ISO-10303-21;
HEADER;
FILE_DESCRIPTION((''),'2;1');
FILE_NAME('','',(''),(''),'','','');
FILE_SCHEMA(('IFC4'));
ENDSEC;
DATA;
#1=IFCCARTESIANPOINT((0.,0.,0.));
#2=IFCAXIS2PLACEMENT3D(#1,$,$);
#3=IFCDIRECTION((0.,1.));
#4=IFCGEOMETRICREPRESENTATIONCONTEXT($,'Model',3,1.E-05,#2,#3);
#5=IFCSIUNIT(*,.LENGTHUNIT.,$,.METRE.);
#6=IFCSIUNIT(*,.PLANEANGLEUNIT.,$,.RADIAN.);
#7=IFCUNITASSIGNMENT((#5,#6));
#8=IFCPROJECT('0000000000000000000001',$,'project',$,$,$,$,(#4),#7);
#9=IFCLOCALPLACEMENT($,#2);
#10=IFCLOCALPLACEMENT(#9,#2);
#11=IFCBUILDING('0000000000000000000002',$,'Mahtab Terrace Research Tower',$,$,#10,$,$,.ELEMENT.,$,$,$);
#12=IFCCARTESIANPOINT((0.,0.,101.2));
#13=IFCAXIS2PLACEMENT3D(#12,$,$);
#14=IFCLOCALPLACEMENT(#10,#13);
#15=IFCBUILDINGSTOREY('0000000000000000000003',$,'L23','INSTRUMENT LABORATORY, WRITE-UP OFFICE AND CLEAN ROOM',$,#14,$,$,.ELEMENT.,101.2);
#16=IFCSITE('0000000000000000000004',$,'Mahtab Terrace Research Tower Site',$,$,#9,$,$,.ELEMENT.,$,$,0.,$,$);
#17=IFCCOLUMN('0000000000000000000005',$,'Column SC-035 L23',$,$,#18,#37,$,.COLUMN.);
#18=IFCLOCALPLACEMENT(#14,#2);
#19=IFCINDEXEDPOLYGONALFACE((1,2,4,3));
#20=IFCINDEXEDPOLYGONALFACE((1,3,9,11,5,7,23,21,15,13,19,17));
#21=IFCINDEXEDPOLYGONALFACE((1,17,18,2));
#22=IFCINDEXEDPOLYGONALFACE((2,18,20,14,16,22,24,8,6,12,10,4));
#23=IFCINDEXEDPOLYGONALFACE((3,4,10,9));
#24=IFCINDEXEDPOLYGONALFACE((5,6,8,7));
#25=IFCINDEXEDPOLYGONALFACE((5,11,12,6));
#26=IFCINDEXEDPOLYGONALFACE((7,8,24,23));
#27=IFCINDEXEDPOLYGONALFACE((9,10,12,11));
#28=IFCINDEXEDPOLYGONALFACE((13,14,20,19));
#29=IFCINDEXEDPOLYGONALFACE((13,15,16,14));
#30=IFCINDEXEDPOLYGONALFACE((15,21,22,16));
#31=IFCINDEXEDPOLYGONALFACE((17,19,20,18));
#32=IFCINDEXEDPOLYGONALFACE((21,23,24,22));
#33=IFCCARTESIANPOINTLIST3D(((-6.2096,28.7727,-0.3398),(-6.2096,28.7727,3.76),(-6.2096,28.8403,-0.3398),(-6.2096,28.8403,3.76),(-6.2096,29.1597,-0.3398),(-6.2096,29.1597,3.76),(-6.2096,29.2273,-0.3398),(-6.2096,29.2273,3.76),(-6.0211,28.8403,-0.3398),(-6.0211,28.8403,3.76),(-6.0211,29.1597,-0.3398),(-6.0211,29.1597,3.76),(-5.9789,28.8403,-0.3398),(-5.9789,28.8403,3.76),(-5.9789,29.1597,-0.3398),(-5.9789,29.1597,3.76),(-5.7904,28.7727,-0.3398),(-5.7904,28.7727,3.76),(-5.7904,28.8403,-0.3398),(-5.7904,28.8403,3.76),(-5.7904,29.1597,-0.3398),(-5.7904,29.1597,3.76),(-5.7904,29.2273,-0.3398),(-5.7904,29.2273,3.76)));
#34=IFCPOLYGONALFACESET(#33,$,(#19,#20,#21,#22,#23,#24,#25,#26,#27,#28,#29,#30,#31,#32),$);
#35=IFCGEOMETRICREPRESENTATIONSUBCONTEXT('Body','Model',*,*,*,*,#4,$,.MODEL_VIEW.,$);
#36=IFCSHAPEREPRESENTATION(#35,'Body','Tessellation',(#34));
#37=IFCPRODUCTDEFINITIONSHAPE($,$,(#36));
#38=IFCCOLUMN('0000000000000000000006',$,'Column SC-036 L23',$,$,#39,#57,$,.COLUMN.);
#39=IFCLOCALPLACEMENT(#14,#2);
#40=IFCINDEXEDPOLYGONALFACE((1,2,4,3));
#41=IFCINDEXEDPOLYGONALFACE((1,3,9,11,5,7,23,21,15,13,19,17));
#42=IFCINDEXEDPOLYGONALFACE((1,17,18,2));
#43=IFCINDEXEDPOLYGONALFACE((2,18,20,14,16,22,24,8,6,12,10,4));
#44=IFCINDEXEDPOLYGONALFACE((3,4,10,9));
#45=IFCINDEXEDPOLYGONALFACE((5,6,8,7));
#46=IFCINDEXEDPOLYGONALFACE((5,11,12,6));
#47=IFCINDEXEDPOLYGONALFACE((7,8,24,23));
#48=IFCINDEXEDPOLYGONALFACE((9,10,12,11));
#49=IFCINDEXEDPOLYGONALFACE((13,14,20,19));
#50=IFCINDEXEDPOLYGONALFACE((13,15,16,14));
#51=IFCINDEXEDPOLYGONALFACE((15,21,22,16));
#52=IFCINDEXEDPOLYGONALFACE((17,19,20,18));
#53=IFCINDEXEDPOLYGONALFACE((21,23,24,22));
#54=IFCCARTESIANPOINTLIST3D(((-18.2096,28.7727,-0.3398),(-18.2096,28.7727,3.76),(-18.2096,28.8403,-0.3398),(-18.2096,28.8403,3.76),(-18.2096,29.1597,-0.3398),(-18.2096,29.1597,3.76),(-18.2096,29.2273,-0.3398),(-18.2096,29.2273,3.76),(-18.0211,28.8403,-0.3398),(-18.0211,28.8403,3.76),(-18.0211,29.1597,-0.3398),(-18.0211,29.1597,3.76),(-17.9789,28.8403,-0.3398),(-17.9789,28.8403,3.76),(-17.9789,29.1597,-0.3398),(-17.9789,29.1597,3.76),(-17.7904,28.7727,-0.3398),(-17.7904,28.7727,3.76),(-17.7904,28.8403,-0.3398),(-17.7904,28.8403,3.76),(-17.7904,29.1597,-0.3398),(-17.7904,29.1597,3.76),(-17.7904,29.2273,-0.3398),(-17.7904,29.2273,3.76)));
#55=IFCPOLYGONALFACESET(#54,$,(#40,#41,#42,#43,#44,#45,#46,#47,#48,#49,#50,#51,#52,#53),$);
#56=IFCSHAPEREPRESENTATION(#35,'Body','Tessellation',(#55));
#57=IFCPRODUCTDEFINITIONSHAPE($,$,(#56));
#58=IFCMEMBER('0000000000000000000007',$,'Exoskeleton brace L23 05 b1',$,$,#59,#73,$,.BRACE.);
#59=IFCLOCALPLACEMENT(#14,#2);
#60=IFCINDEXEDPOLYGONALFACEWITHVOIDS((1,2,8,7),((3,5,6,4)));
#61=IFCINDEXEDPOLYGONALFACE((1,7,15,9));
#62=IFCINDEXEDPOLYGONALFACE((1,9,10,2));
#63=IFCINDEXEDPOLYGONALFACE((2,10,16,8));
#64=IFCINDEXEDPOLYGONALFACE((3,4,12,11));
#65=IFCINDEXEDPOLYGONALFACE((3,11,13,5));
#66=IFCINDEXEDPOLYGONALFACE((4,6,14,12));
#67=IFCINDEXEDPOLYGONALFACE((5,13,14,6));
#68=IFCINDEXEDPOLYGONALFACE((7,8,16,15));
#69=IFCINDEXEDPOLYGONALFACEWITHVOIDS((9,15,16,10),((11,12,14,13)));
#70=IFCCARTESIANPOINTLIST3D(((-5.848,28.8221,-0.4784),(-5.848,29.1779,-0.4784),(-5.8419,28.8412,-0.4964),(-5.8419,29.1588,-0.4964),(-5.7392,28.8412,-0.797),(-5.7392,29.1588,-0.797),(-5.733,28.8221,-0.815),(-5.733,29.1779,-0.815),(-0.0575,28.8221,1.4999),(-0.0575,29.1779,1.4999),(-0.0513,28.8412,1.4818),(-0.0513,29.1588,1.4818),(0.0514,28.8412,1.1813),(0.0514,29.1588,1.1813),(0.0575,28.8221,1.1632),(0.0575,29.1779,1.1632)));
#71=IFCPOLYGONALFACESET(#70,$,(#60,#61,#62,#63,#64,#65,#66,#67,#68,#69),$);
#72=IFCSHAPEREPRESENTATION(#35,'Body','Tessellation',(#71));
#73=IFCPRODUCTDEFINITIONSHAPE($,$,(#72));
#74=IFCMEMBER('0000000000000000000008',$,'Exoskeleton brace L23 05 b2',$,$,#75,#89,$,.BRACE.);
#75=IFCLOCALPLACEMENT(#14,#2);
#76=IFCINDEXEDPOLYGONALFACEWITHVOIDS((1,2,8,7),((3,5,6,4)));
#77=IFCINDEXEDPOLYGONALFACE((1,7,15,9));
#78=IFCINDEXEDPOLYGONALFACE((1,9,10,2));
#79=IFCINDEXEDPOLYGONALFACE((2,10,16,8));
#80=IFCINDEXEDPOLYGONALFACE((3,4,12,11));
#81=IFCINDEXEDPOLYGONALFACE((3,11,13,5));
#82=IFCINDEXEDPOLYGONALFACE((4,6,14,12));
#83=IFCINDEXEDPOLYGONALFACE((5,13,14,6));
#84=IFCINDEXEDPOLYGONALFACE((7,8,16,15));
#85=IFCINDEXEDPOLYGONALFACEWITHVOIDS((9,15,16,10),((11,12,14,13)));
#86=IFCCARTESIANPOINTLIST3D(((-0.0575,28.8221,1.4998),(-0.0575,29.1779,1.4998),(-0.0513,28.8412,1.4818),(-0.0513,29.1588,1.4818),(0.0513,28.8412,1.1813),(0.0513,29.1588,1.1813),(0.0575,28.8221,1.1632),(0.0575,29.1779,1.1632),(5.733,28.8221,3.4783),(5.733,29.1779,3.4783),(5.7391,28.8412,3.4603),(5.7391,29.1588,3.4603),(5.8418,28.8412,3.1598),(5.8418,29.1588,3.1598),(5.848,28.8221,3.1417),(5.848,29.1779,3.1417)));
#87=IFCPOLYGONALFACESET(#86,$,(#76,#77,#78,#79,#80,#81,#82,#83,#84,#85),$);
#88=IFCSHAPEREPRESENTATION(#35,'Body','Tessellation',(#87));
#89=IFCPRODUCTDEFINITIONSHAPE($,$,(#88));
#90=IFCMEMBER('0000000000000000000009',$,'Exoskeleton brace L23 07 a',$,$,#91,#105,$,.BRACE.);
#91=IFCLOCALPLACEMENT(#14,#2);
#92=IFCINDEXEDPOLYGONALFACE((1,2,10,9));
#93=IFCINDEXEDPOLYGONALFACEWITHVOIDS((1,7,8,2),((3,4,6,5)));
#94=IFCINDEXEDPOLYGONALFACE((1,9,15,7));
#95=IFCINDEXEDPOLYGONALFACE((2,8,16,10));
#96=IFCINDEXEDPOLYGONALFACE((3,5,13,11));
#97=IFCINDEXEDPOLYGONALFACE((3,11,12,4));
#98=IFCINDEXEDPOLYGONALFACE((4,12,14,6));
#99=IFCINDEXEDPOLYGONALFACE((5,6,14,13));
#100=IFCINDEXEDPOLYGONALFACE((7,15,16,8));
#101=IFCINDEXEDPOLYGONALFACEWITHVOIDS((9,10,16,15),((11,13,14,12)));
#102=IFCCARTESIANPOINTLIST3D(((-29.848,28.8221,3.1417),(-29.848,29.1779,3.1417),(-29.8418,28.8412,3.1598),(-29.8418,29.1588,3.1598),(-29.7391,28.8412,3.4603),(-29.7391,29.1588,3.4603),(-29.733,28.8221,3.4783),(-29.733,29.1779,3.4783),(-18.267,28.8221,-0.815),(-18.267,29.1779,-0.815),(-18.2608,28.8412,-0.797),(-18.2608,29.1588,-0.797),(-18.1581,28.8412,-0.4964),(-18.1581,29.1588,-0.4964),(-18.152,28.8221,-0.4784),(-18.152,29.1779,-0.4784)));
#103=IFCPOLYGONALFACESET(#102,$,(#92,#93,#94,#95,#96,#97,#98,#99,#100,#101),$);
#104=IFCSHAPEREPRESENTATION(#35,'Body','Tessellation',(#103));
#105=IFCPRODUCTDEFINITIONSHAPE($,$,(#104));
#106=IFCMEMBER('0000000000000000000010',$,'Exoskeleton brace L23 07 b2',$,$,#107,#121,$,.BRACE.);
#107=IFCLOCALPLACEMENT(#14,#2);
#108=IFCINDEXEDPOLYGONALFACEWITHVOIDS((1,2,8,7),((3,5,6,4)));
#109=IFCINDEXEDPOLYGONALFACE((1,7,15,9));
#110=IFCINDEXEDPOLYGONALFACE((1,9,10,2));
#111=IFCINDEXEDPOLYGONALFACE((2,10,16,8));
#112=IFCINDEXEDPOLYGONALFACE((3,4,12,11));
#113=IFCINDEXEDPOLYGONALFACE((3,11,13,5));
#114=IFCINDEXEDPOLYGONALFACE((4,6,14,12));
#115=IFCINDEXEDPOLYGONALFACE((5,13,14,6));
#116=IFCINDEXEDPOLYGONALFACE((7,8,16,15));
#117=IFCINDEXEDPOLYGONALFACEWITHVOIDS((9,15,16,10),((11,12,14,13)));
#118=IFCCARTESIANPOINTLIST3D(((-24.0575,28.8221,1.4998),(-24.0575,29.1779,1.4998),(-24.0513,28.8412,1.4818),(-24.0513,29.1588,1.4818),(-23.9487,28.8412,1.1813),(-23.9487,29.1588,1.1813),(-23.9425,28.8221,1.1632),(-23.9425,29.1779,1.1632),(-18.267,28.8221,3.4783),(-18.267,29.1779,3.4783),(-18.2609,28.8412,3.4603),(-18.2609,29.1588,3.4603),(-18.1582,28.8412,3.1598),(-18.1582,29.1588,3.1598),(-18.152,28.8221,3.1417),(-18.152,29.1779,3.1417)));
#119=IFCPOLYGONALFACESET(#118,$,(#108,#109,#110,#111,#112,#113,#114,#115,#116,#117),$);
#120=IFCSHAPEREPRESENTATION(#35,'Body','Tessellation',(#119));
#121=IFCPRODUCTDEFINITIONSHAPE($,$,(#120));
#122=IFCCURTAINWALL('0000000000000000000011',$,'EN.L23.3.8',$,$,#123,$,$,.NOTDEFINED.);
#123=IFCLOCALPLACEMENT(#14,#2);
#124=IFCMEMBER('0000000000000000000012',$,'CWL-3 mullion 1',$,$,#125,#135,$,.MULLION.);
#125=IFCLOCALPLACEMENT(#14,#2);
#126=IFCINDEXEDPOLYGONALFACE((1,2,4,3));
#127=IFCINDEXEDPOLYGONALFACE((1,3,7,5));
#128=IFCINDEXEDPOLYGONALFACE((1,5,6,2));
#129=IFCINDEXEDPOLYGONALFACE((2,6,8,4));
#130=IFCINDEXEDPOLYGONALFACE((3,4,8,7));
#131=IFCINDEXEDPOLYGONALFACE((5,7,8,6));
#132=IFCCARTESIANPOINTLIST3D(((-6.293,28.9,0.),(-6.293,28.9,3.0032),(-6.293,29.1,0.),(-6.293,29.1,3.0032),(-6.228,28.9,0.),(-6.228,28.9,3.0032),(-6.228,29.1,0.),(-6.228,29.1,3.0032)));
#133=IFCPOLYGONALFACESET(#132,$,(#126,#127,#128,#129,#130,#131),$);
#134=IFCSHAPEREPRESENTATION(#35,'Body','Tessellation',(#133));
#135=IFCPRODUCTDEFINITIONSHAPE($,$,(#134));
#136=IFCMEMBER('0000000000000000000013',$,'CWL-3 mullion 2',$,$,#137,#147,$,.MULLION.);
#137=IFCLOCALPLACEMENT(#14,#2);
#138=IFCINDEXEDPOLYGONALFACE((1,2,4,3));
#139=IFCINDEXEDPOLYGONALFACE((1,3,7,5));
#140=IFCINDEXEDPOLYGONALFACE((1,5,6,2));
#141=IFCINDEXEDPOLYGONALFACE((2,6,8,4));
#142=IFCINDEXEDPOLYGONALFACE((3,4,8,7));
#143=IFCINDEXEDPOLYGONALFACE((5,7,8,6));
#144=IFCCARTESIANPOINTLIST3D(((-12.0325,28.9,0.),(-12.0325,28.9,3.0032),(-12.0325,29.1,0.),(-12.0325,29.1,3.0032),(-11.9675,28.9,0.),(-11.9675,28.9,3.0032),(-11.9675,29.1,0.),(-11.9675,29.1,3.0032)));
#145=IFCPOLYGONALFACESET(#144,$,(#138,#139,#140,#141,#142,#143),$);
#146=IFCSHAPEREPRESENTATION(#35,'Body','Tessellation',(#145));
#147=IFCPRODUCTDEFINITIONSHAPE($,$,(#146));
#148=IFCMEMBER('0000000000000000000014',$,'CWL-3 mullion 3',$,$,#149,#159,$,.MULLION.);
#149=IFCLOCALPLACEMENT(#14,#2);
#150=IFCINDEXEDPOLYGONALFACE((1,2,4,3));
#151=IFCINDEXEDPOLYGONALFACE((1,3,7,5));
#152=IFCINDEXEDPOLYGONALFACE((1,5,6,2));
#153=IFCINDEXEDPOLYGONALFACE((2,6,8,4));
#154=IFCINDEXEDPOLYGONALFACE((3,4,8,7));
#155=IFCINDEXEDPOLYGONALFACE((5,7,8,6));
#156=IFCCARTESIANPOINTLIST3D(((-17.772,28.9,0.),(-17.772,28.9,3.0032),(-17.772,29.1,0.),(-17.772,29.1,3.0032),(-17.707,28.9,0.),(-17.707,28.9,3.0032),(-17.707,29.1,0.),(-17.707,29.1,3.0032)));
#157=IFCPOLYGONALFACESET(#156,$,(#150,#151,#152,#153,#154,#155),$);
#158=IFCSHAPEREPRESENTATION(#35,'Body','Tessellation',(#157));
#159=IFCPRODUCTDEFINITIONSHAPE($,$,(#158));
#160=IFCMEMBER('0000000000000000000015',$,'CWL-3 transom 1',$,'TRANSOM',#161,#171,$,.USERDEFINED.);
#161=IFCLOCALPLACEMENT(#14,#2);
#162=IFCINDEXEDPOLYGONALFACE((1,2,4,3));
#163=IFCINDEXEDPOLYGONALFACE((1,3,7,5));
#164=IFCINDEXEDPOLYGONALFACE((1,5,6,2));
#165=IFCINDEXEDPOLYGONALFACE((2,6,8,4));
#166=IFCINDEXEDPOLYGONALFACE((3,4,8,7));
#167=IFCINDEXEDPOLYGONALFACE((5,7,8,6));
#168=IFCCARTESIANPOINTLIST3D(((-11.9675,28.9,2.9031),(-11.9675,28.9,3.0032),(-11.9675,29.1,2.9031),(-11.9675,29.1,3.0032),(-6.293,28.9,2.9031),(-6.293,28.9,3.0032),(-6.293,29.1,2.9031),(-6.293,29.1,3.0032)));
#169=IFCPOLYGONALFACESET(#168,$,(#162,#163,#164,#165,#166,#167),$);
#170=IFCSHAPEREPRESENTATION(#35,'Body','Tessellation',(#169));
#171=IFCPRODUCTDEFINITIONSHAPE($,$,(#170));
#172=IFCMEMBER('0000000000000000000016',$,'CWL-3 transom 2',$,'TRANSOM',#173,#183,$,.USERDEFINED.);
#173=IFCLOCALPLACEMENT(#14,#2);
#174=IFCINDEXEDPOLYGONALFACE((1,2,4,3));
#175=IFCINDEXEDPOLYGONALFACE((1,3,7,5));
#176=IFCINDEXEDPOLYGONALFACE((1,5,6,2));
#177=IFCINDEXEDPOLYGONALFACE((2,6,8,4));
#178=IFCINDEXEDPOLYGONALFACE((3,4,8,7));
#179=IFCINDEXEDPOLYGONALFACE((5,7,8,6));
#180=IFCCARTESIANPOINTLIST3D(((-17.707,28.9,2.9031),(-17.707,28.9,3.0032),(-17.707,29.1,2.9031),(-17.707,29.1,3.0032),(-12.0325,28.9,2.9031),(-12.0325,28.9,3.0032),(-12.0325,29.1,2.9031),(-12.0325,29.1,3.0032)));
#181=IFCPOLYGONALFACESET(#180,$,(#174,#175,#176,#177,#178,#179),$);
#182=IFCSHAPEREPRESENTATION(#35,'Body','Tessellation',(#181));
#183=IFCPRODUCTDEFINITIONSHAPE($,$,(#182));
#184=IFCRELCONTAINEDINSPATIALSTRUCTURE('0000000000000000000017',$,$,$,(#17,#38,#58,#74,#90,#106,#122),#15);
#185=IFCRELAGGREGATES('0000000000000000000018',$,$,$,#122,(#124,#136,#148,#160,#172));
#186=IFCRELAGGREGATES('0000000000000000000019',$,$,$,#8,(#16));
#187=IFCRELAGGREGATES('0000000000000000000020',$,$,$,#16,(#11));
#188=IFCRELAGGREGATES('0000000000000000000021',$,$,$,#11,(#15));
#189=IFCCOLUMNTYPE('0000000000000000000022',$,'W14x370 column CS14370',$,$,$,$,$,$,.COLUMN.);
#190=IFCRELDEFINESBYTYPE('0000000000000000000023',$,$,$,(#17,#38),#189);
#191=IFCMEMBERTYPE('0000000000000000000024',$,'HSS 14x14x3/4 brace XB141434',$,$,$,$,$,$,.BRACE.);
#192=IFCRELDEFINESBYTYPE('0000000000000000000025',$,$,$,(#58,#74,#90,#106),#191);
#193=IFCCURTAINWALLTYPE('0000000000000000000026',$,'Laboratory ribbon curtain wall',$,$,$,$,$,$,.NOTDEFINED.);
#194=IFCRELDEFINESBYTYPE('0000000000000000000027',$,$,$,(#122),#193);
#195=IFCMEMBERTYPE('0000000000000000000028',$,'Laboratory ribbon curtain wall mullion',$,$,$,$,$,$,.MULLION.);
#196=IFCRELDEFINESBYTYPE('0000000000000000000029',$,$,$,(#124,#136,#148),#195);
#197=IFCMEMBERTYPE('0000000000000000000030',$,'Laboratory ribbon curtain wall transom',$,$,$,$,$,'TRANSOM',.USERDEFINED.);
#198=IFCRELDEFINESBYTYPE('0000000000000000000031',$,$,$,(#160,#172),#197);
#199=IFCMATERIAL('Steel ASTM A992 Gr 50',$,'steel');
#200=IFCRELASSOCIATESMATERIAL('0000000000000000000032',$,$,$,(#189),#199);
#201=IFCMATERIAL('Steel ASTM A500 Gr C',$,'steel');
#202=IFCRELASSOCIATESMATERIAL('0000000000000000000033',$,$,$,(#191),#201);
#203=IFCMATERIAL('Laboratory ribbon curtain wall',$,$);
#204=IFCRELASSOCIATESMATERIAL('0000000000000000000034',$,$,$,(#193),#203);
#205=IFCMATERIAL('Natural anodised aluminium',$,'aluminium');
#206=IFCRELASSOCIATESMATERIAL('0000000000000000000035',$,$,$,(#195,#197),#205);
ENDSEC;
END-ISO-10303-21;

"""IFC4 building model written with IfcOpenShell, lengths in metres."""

from ifc_helpers import new_model, si_unit, direction, frame, origin, origin_2d, place, context, subcontext, project, spatial, rectangle, hollow_rectangle, i_section, extrude, material, material_profile, profile_set, type_object, element, aggregate, save


model = new_model("IFC4")

# Units and contexts
model_context = context("Model", 3, precision=1e-05, world=origin(), true_north=direction((0.0, 1.0)))
body_context = subcontext(model_context, "Body", "Model", "MODEL_VIEW")
ifc_project = project(units=[si_unit("LENGTHUNIT", "METRE"), si_unit("PLANEANGLEUNIT", "RADIAN")], contexts=[model_context])

# Site, building, storey
site_placement = place(None, origin())
site = spatial("IfcSite", under=ifc_project, at=site_placement, Name="Mahtab Terrace Research Tower Site", CompositionType="ELEMENT", RefElevation=0.0)
building_placement = place(site_placement, origin())
building = spatial("IfcBuilding", under=site, at=building_placement, Name="Mahtab Terrace Research Tower", CompositionType="ELEMENT")
storey_placement = place(building_placement, frame((0.0, 0.0, 101.2)))
storey = spatial("IfcBuildingStorey", under=building, at=storey_placement, Name="L23", Description="INSTRUMENT LABORATORY, WRITE-UP OFFICE AND CLEAN ROOM", CompositionType="ELEMENT", Elevation=101.2)

# Columns
ifc_material_1 = material(Name="Steel ASTM A992 Gr 50", Category="steel")
ifc_material_profile_1 = material_profile(ifc_material_1, i_section(OverallWidth=0.4192, OverallDepth=0.4546, WebThickness=0.0422, FlangeThickness=0.0676, at=origin_2d()), Name="W14X370")
ifc_profile_set_1 = profile_set([ifc_material_profile_1], Name="Steel ASTM A992 Gr 50")
column_type = type_object("IfcColumnType", Name="W14x370 column CS14370", PredefinedType="COLUMN", material=ifc_profile_set_1)
for number, where, z_axis, x_axis, name in (
    (1, (-6.0, 29.0, -0.3398), (0.0, 0.0, 1.0), (1.0, 0.0, 0.0), "Column SC-035 L23"),
    (2, (-18.0, 29.0, -0.3398), (0.0, 0.0, 1.0), (1.0, 0.0, 0.0), "Column SC-036 L23"),
):
    element("IfcColumn", number, at=place(storey_placement, frame(where, z_axis=z_axis, x_axis=x_axis)), inside=storey, type_object=column_type, Name=name, PredefinedType="COLUMN", context=body_context, shape_type="SweptSolid", body=[
        extrude(i_section(OverallWidth=0.4192, OverallDepth=0.4546, WebThickness=0.0422, FlangeThickness=0.0676, at=origin_2d()), origin(), (0.0, 0.0, 1.0), 4.0999),
    ])

# Members
ifc_material_2 = material(Name="Steel ASTM A500 Gr C", Category="steel")
ifc_material_profile_2 = material_profile(ifc_material_2, hollow_rectangle(XDim=0.3557, YDim=0.3557, WallThickness=0.019, at=origin_2d()), Name="HSS14X14X3/4")
ifc_profile_set_2 = profile_set([ifc_material_profile_2], Name="Steel ASTM A500 Gr C")
member_type_1 = type_object("IfcMemberType", Name="HSS 14x14x3/4 brace XB141434", PredefinedType="BRACE", material=ifc_profile_set_2)
for number, where, z_axis, x_axis, name in (
    (3, (-5.7905, 29.0, -0.6467), (0.946299, 0.0, 0.323293), (0.0, 1.0, 0.0), "Exoskeleton brace L23 05 b1"),
    (4, (0.0, 29.0, 1.3315), (0.946287, 0.0, 0.323329), (0.0, 1.0, 0.0), "Exoskeleton brace L23 05 b2"),
):
    element("IfcMember", number, at=place(storey_placement, frame(where, z_axis=z_axis, x_axis=x_axis)), inside=storey, type_object=member_type_1, Name=name, PredefinedType="BRACE", context=body_context, shape_type="SweptSolid", body=[
        extrude(hollow_rectangle(XDim=0.3557, YDim=0.3557, WallThickness=0.019, at=origin_2d()), origin(), (0.0, 0.0, 1.0), 6.1191),
    ])
member_1_placement = place(storey_placement, frame((-18.2095, 29.0, -0.6467), z_axis=(-0.946293, 0.0, 0.323311), x_axis=(0.0, -1.0, 0.0)))
element("IfcMember", 5, at=member_1_placement, inside=storey, type_object=member_type_1, Name="Exoskeleton brace L23 07 a", PredefinedType="BRACE", context=body_context, shape_type="SweptSolid", body=[
    extrude(hollow_rectangle(XDim=0.3557, YDim=0.3557, WallThickness=0.019, at=origin_2d()), origin(), (0.0, 0.0, 1.0), 12.2383),
])
member_2_placement = place(storey_placement, frame((-24.0, 29.0, 1.3315), z_axis=(0.946287, 0.0, 0.323329), x_axis=(0.0, 1.0, 0.0)))
element("IfcMember", 6, at=member_2_placement, inside=storey, type_object=member_type_1, Name="Exoskeleton brace L23 07 b2", PredefinedType="BRACE", context=body_context, shape_type="SweptSolid", body=[
    extrude(hollow_rectangle(XDim=0.3557, YDim=0.3557, WallThickness=0.019, at=origin_2d()), origin(), (0.0, 0.0, 1.0), 6.1191),
])

# Curtain wall, members
ifc_material_3 = material(Name="Laboratory ribbon curtain wall")
curtain_wall_type = type_object("IfcCurtainWallType", Name="Laboratory ribbon curtain wall", PredefinedType="NOTDEFINED", material=ifc_material_3)
curtain_wall_placement = place(storey_placement, origin())
curtain_wall = element("IfcCurtainWall", 7, at=curtain_wall_placement, inside=storey, type_object=curtain_wall_type, Name="EN.L23.3.8", PredefinedType="NOTDEFINED")
ifc_material_4 = material(Name="Natural anodised aluminium", Category="aluminium")
ifc_material_profile_3 = material_profile(ifc_material_4, rectangle(XDim=0.2, YDim=0.0649, at=origin_2d()), Name="MULLION 65x200")
ifc_profile_set_3 = profile_set([ifc_material_profile_3], Name="Natural anodised aluminium")
member_type_2 = type_object("IfcMemberType", Name="Laboratory ribbon curtain wall mullion", PredefinedType="MULLION", material=ifc_profile_set_3)
member_3_placement = place(storey_placement, frame((-6.2605, 29.0, 0.0), z_axis=(0.0, 0.0, 1.0), x_axis=(0.0, -1.0, 0.0)))
member_3 = element("IfcMember", 8, at=member_3_placement, type_object=member_type_2, Name="CWL-3 mullion 1", PredefinedType="MULLION", context=body_context, shape_type="SweptSolid", body=[
    extrude(rectangle(XDim=0.2, YDim=0.0649, at=origin_2d()), origin(), (0.0, 0.0, 1.0), 3.0032),
])
member_4_placement = place(storey_placement, frame((-12.0, 29.0, 0.0), z_axis=(0.0, 0.0, 1.0), x_axis=(0.0, -1.0, 0.0)))
member_4 = element("IfcMember", 9, at=member_4_placement, type_object=member_type_2, Name="CWL-3 mullion 2", PredefinedType="MULLION", context=body_context, shape_type="SweptSolid", body=[
    extrude(rectangle(XDim=0.2, YDim=0.0649, at=origin_2d()), origin(), (0.0, 0.0, 1.0), 3.0032),
])
member_5_placement = place(storey_placement, frame((-17.7395, 29.0, 0.0), z_axis=(0.0, 0.0, 1.0), x_axis=(0.0, -1.0, 0.0)))
member_5 = element("IfcMember", 10, at=member_5_placement, type_object=member_type_2, Name="CWL-3 mullion 3", PredefinedType="MULLION", context=body_context, shape_type="SweptSolid", body=[
    extrude(rectangle(XDim=0.2, YDim=0.0649, at=origin_2d()), origin(), (0.0, 0.0, 1.0), 3.0032),
])
ifc_material_profile_4 = material_profile(ifc_material_4, rectangle(XDim=0.2, YDim=0.1001, at=origin_2d()), Name="TRANSOM 100x200")
ifc_profile_set_4 = profile_set([ifc_material_profile_4], Name="Natural anodised aluminium")
member_type_3 = type_object("IfcMemberType", Name="Laboratory ribbon curtain wall transom", ElementType="TRANSOM", PredefinedType="USERDEFINED", material=ifc_profile_set_4)
member_6_placement = place(storey_placement, frame((-6.293, 29.0, 2.9531), z_axis=(-1.0, 0.0, 0.0), x_axis=(0.0, -1.0, 0.0)))
member_6 = element("IfcMember", 11, at=member_6_placement, type_object=member_type_3, Name="CWL-3 transom 1", ObjectType="TRANSOM", PredefinedType="USERDEFINED", context=body_context, shape_type="SweptSolid", body=[
    extrude(rectangle(XDim=0.2, YDim=0.1001, at=origin_2d()), origin(), (0.0, 0.0, 1.0), 5.6746),
])
member_7_placement = place(storey_placement, frame((-12.0325, 29.0, 2.9531), z_axis=(-1.0, 0.0, 0.0), x_axis=(0.0, -1.0, 0.0)))
member_7 = element("IfcMember", 12, at=member_7_placement, type_object=member_type_3, Name="CWL-3 transom 2", ObjectType="TRANSOM", PredefinedType="USERDEFINED", context=body_context, shape_type="SweptSolid", body=[
    extrude(rectangle(XDim=0.2, YDim=0.1001, at=origin_2d()), origin(), (0.0, 0.0, 1.0), 5.6746),
])

aggregate(curtain_wall, [member_3, member_4, member_5, member_6, member_7])

save(model, "model.ifc")
